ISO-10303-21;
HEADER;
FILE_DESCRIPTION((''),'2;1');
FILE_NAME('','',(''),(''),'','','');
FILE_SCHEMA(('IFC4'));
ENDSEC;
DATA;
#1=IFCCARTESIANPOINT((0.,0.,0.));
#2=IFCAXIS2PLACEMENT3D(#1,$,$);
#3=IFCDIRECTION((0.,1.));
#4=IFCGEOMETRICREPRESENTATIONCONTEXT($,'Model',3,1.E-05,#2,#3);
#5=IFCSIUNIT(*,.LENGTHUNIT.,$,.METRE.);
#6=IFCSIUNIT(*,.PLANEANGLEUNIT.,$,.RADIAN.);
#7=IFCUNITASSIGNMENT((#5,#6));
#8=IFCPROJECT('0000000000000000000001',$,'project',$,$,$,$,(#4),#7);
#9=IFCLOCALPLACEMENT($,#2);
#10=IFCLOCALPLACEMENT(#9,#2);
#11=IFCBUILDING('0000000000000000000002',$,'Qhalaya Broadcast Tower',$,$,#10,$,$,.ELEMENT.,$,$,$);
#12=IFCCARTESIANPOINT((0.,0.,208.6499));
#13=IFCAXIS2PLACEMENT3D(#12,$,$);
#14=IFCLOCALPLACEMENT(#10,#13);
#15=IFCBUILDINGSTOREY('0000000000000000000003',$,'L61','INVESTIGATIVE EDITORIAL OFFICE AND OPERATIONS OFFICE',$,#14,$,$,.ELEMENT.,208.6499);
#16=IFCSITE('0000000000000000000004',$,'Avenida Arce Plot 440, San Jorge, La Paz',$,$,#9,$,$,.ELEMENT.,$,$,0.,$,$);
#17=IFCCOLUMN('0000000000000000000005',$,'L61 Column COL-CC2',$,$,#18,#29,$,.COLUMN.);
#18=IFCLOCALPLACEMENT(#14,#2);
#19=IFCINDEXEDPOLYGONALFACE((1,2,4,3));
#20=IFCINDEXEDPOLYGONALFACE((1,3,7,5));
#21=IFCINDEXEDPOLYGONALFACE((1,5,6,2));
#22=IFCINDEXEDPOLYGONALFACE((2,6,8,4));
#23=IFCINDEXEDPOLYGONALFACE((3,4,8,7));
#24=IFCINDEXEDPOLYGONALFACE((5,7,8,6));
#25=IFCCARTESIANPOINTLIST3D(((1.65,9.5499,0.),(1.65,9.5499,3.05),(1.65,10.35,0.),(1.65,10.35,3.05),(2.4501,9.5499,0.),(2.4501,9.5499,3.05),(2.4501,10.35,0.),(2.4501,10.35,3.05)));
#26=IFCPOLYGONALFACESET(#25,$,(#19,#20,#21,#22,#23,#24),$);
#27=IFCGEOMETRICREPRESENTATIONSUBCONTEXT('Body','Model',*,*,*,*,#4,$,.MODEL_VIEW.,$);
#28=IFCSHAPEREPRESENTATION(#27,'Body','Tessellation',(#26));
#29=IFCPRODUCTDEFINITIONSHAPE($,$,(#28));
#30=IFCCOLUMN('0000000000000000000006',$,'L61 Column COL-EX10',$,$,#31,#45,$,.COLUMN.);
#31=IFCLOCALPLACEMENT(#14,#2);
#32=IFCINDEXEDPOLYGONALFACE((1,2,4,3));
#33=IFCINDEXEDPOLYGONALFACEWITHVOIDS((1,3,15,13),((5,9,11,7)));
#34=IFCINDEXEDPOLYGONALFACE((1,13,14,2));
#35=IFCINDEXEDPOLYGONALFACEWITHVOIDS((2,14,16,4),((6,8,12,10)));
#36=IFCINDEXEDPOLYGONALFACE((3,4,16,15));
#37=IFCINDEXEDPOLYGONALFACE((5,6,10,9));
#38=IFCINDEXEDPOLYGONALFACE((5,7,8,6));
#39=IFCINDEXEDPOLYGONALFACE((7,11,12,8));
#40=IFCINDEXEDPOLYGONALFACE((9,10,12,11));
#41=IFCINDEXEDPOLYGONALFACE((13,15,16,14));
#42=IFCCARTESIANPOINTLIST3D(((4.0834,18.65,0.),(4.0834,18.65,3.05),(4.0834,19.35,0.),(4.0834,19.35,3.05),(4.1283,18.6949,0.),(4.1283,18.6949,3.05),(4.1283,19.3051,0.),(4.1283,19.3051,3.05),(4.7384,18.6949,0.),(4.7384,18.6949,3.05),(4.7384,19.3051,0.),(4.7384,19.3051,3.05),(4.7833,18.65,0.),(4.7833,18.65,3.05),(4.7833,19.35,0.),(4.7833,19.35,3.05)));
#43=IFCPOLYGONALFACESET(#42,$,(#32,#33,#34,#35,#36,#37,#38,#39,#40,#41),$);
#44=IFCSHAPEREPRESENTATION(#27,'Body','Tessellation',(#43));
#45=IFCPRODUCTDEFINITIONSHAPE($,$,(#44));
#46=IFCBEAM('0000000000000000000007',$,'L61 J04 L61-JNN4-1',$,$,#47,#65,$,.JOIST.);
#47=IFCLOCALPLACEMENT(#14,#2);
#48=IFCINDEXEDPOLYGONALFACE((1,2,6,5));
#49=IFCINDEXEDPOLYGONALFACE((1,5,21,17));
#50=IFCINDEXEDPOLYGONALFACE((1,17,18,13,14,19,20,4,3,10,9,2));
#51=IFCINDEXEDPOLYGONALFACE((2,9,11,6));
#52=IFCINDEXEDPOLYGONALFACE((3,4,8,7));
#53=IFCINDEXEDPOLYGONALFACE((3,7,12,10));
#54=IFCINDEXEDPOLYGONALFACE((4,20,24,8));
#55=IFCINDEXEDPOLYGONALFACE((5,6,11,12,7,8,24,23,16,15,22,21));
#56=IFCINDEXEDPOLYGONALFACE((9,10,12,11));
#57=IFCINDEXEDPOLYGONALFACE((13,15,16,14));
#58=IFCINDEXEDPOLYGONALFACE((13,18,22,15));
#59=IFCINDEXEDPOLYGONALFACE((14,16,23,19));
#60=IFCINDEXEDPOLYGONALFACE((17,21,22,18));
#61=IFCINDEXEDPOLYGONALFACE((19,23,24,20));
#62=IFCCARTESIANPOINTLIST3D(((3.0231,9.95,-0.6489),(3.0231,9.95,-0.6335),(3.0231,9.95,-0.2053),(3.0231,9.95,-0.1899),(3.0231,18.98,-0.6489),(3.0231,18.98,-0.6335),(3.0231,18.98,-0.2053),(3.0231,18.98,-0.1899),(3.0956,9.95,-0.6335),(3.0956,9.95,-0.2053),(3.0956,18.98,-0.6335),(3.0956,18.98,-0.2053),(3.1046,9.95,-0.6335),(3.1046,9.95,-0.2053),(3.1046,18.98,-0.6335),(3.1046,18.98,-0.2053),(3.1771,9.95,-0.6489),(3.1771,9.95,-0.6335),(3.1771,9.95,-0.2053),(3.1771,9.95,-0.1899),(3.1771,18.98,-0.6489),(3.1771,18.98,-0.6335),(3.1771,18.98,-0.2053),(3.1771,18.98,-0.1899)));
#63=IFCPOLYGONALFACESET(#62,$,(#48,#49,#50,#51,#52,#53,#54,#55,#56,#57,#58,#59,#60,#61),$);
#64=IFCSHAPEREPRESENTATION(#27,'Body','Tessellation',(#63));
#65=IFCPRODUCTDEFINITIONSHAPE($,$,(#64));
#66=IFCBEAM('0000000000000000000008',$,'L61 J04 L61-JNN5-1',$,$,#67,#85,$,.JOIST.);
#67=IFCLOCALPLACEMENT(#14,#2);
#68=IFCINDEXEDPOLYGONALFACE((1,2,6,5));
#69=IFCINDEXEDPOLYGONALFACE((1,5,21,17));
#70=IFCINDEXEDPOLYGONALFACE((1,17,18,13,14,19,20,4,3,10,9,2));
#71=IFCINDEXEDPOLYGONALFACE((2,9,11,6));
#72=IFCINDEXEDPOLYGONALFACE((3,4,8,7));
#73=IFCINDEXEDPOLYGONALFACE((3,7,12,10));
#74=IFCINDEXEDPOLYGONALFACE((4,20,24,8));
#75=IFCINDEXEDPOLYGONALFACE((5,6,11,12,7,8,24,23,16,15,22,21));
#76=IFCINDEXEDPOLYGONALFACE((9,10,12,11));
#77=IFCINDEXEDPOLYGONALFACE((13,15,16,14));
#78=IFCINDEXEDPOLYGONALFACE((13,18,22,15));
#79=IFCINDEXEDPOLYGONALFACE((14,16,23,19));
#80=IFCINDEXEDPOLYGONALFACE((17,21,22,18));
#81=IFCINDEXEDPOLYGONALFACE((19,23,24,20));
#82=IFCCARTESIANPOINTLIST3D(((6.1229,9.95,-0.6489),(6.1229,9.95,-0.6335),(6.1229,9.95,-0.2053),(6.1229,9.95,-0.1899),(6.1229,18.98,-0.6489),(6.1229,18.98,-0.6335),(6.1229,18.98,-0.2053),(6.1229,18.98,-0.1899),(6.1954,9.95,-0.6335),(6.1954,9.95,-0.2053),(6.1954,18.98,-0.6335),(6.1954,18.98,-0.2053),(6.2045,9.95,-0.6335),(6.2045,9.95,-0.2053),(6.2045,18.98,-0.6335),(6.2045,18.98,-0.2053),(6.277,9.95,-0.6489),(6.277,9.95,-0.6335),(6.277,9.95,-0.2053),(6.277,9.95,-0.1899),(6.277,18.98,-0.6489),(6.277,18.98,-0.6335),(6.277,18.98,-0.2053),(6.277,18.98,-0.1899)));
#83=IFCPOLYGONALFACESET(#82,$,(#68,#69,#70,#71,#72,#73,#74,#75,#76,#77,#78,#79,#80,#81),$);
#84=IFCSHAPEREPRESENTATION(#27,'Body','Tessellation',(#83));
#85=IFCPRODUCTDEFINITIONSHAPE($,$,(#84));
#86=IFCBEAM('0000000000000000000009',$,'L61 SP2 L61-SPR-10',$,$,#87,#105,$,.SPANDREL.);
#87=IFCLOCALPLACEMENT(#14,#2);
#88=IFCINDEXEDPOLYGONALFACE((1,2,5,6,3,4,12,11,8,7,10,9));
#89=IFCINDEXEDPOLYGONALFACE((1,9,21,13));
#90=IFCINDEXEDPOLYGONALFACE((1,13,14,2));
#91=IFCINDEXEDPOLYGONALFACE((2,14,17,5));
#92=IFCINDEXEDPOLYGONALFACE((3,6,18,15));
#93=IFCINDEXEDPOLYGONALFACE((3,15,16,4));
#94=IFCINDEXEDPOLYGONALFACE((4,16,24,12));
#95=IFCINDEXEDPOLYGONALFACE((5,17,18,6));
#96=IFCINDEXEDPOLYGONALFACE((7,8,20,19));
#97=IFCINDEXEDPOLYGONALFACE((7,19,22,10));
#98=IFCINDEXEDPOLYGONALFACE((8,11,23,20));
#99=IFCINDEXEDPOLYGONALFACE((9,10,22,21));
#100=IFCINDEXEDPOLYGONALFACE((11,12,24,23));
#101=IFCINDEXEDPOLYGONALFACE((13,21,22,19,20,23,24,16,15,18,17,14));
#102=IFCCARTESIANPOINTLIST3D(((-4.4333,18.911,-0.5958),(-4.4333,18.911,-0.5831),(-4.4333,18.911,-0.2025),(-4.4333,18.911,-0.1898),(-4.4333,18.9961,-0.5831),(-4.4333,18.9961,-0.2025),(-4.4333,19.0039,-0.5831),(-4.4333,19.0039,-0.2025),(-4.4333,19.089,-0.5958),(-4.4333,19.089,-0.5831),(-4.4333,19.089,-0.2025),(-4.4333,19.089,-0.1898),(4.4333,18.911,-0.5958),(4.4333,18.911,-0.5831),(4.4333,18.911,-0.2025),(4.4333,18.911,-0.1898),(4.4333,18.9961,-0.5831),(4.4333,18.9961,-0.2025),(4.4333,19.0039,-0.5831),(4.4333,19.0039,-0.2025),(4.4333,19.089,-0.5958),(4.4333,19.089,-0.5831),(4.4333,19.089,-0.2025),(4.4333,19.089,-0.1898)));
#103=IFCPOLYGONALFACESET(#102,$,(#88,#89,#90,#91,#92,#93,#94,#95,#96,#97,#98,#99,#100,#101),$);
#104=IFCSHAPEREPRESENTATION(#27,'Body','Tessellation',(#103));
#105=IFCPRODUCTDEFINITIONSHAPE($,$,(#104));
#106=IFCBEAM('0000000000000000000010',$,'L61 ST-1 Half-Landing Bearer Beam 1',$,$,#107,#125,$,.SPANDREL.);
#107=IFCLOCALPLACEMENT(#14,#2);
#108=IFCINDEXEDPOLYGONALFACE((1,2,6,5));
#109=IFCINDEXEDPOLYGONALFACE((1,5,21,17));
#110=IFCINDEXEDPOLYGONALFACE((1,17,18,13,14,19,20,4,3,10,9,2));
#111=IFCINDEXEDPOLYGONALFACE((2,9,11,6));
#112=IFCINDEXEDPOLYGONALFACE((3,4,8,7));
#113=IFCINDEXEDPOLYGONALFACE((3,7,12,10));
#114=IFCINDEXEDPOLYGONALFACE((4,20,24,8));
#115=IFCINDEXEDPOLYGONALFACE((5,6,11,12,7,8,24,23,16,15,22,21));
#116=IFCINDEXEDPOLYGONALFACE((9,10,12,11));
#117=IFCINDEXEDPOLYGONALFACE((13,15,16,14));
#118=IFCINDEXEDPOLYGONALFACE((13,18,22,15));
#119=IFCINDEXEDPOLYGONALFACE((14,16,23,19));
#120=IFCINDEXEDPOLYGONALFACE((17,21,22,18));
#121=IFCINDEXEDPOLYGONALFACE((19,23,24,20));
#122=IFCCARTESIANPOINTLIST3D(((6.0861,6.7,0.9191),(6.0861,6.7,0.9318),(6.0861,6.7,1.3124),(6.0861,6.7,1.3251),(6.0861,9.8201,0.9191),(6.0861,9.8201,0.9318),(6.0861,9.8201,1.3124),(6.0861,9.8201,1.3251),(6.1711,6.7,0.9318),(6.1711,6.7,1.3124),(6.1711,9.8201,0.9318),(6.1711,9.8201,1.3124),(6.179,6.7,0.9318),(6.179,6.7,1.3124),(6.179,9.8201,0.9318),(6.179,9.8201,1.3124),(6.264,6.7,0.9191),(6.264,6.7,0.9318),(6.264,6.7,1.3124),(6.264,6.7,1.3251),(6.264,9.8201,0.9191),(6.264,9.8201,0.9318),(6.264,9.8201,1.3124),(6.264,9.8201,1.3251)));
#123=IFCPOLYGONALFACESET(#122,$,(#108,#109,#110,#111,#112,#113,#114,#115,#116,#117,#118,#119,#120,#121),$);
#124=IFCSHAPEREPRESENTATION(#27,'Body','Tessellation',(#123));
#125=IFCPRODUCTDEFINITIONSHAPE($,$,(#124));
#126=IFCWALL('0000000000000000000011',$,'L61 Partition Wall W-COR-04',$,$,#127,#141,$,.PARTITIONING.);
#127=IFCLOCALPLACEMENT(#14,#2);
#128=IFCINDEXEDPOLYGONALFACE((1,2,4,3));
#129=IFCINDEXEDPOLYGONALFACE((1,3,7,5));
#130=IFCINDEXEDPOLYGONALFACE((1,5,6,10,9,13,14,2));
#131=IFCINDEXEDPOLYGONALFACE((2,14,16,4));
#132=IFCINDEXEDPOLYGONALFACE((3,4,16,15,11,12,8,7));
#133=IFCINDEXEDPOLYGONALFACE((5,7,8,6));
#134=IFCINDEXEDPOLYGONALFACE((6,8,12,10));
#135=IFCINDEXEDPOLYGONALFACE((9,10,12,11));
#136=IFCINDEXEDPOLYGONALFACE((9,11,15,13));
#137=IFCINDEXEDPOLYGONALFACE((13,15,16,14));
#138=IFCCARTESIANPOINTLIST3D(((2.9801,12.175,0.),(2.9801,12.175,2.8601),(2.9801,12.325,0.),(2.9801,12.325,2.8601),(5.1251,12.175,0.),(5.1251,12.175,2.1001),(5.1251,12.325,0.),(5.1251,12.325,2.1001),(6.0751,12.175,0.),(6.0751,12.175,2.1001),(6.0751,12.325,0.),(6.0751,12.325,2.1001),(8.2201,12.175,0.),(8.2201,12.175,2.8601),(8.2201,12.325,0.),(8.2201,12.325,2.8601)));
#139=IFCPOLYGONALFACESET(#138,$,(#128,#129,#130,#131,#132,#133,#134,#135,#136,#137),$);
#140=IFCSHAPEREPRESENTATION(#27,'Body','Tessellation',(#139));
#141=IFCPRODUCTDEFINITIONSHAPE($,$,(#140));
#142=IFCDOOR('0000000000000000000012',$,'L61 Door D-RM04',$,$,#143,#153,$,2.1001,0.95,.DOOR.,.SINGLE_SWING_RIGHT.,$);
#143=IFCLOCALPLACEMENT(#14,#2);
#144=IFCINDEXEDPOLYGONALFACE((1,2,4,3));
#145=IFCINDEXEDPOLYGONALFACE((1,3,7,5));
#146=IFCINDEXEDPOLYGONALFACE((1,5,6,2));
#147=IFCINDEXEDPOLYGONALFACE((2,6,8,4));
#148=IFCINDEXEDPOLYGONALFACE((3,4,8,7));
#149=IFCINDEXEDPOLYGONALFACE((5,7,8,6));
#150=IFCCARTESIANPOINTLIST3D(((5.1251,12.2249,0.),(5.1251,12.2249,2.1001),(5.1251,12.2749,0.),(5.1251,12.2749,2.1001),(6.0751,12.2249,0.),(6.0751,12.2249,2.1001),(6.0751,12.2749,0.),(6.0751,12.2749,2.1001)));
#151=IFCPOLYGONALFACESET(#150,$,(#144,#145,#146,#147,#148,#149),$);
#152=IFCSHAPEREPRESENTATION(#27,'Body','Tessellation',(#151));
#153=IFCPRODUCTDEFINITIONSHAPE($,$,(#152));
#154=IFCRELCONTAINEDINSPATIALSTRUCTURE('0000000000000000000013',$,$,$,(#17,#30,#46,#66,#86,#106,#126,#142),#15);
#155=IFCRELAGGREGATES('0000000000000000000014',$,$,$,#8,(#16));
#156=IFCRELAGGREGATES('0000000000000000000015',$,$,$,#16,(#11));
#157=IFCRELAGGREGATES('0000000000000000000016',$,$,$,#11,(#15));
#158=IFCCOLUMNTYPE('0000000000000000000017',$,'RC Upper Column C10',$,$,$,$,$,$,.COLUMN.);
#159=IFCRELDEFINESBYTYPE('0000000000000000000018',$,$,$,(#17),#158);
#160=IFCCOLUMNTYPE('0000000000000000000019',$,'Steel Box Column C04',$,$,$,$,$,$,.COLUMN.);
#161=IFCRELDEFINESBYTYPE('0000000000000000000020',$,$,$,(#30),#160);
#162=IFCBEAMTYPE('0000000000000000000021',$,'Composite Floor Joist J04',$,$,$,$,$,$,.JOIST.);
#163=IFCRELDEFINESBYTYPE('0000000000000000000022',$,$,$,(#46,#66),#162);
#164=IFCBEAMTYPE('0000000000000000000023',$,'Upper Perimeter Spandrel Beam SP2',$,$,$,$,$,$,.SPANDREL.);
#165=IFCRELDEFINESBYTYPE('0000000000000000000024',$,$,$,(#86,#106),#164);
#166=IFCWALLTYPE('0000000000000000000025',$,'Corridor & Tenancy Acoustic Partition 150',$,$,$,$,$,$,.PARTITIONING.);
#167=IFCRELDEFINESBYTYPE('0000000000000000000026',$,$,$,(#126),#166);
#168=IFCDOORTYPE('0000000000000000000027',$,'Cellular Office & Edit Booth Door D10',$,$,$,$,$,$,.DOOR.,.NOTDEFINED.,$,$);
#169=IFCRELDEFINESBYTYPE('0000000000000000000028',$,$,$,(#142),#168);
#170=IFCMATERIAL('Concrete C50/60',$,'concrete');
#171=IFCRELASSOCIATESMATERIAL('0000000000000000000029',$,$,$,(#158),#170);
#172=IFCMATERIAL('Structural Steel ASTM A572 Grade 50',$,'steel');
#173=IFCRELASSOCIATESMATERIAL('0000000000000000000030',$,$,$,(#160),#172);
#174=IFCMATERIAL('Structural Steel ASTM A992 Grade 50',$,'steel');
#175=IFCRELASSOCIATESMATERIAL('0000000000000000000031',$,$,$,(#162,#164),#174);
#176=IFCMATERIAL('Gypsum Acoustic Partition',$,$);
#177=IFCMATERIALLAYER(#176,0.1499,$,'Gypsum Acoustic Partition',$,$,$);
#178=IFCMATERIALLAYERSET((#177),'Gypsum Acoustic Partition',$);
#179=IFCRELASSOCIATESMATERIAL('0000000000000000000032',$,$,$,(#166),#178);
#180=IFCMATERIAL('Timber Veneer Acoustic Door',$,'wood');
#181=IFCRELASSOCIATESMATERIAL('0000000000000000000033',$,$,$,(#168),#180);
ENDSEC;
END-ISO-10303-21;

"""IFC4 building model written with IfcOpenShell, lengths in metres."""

from ifc_helpers import new_model, si_unit, direction, frame, frame_2d, origin, origin_2d, place, context, subcontext, project, spatial, rectangle, hollow_rectangle, i_section, extrude, material, layer, layer_set, material_profile, profile_set, type_object, element, fill, save


model = new_model("IFC4")

# Units and contexts
model_context = context("Model", 3, precision=1e-05, world=origin(), true_north=direction((0.0, 1.0)))
body_context = subcontext(model_context, "Body", "Model", "MODEL_VIEW")
ifc_project = project(units=[si_unit("LENGTHUNIT", "METRE"), si_unit("PLANEANGLEUNIT", "RADIAN")], contexts=[model_context])

# Site, building, storey
site_placement = place(None, origin())
site = spatial("IfcSite", under=ifc_project, at=site_placement, Name="Avenida Arce Plot 440, San Jorge, La Paz", CompositionType="ELEMENT", RefElevation=0.0)
building_placement = place(site_placement, origin())
building = spatial("IfcBuilding", under=site, at=building_placement, Name="Qhalaya Broadcast Tower", CompositionType="ELEMENT")
storey_placement = place(building_placement, frame((0.0, 0.0, 208.6499)))
storey = spatial("IfcBuildingStorey", under=building, at=storey_placement, Name="L61", Description="INVESTIGATIVE EDITORIAL OFFICE AND OPERATIONS OFFICE", CompositionType="ELEMENT", Elevation=208.6499)

# Columns
ifc_material_1 = material(Name="Concrete C50/60", Category="concrete")
ifc_material_profile_1 = material_profile(ifc_material_1, rectangle(XDim=0.8, YDim=0.8, at=origin_2d()), Name="RC-COL 800x800")
ifc_profile_set_1 = profile_set([ifc_material_profile_1], Name="Concrete C50/60")
column_type_1 = type_object("IfcColumnType", Name="RC Upper Column C10", PredefinedType="COLUMN", material=ifc_profile_set_1)
column_1_placement = place(storey_placement, frame((2.05, 9.95, 0.0), z_axis=(0.0, 0.0, 1.0), x_axis=(1.0, 0.0, 0.0)))
element("IfcColumn", 1, at=column_1_placement, inside=storey, type_object=column_type_1, Name="L61 Column COL-CC2", PredefinedType="COLUMN", context=body_context, shape_type="SweptSolid", body=[
    extrude(rectangle(XDim=0.8, YDim=0.8, at=origin_2d()), origin(), (0.0, 0.0, 1.0), 3.05),
])
ifc_material_2 = material(Name="Structural Steel ASTM A572 Grade 50", Category="steel")
ifc_material_profile_2 = material_profile(ifc_material_2, hollow_rectangle(XDim=0.7, YDim=0.7, WallThickness=0.0449, at=origin_2d()), Name="BOX 700x700x45")
ifc_profile_set_2 = profile_set([ifc_material_profile_2], Name="Structural Steel ASTM A572 Grade 50")
column_type_2 = type_object("IfcColumnType", Name="Steel Box Column C04", PredefinedType="COLUMN", material=ifc_profile_set_2)
column_2_placement = place(storey_placement, frame((4.4333, 19.0, 0.0), z_axis=(0.0, 0.0, 1.0), x_axis=(1.0, 0.0, 0.0)))
element("IfcColumn", 2, at=column_2_placement, inside=storey, type_object=column_type_2, Name="L61 Column COL-EX10", PredefinedType="COLUMN", context=body_context, shape_type="SweptSolid", body=[
    extrude(hollow_rectangle(XDim=0.7, YDim=0.7, WallThickness=0.0449, at=origin_2d()), origin(), (0.0, 0.0, 1.0), 3.05),
])

# Beams
ifc_material_3 = material(Name="Structural Steel ASTM A992 Grade 50", Category="steel")
ifc_material_profile_3 = material_profile(ifc_material_3, i_section(OverallWidth=0.1541, OverallDepth=0.459, WebThickness=0.009, FlangeThickness=0.0154, at=origin_2d()), Name="W18X46")
ifc_profile_set_3 = profile_set([ifc_material_profile_3], Name="Structural Steel ASTM A992 Grade 50")
beam_type_1 = type_object("IfcBeamType", Name="Composite Floor Joist J04", PredefinedType="JOIST", material=ifc_profile_set_3)
for number, where, z_axis, x_axis, name in (
    (3, (3.1001, 9.95, -0.4194), (0.0, 1.0, 0.0), (-1.0, 0.0, 0.0), "L61 J04 L61-JNN4-1"),
    (4, (6.2, 9.95, -0.4194), (0.0, 1.0, 0.0), (-1.0, 0.0, 0.0), "L61 J04 L61-JNN5-1"),
):
    element("IfcBeam", number, at=place(storey_placement, frame(where, z_axis=z_axis, x_axis=x_axis)), inside=storey, type_object=beam_type_1, Name=name, PredefinedType="JOIST", context=body_context, shape_type="SweptSolid", body=[
        extrude(i_section(OverallWidth=0.1541, OverallDepth=0.459, WebThickness=0.009, FlangeThickness=0.0154, at=origin_2d()), origin(), (0.0, 0.0, 1.0), 9.03),
    ])
ifc_material_profile_4 = material_profile(ifc_material_3, i_section(OverallWidth=0.178, OverallDepth=0.406, WebThickness=0.0078, FlangeThickness=0.0127, at=origin_2d()), Name="W16X40")
ifc_profile_set_4 = profile_set([ifc_material_profile_4], Name="Structural Steel ASTM A992 Grade 50")
beam_type_2 = type_object("IfcBeamType", Name="Upper Perimeter Spandrel Beam SP2", PredefinedType="SPANDREL", material=ifc_profile_set_4)
beam_1_placement = place(storey_placement, frame((4.4333, 19.0, -0.3928), z_axis=(-1.0, 0.0, 0.0), x_axis=(0.0, -1.0, 0.0)))
element("IfcBeam", 5, at=beam_1_placement, inside=storey, type_object=beam_type_2, Name="L61 SP2 L61-SPR-10", PredefinedType="SPANDREL", context=body_context, shape_type="SweptSolid", body=[
    extrude(i_section(OverallWidth=0.178, OverallDepth=0.406, WebThickness=0.0078, FlangeThickness=0.0127, at=origin_2d()), origin(), (0.0, 0.0, 1.0), 8.8667),
])
beam_2_placement = place(storey_placement, frame((6.175, 6.7, 1.1221), z_axis=(0.0, 1.0, 0.0), x_axis=(-1.0, 0.0, 0.0)))
element("IfcBeam", 6, at=beam_2_placement, inside=storey, type_object=beam_type_2, Name="L61 ST-1 Half-Landing Bearer Beam 1", PredefinedType="SPANDREL", context=body_context, shape_type="SweptSolid", body=[
    extrude(i_section(OverallWidth=0.178, OverallDepth=0.406, WebThickness=0.0078, FlangeThickness=0.0127, at=origin_2d()), origin(), (0.0, 0.0, 1.0), 3.1201),
])

# Wall, opening, door
ifc_material_4 = material(Name="Gypsum Acoustic Partition")
ifc_layer_1 = layer(ifc_material_4, 0.1499, Name="Gypsum Acoustic Partition")
ifc_layer_set_1 = layer_set([ifc_layer_1], Name="Gypsum Acoustic Partition")
wall_type_1 = type_object("IfcWallType", Name="Corridor & Tenancy Acoustic Partition 150", PredefinedType="PARTITIONING", material=ifc_layer_set_1)
wall_1_placement = place(storey_placement, frame((2.98, 12.25, 0.0), z_axis=(0.0, 0.0, 1.0), x_axis=(1.0, 0.0, 0.0)))
wall_1 = element("IfcWall", 7, at=wall_1_placement, inside=storey, type_object=wall_type_1, Name="L61 Partition Wall W-COR-04", PredefinedType="PARTITIONING", context=body_context, shape_type="SweptSolid", body=[
    extrude(rectangle(XDim=5.24, YDim=0.1499, at=frame_2d((2.6201, 0.0))), origin(), (0.0, 0.0, 1.0), 2.8601),
])
opening_1_placement = place(wall_1_placement, frame((2.145, 0.0, 0.0)))
opening_1 = element("IfcOpeningElement", 8, at=opening_1_placement, cuts=wall_1, PredefinedType="OPENING", context=body_context, shape_type="SweptSolid", body=[
    extrude(rectangle(XDim=0.95, YDim=2.1001, at=frame_2d((0.4751, 1.05))), frame((0.0, 0.0869, 0.0), z_axis=(0.0, -1.0, 0.0), x_axis=(1.0, 0.0, 0.0)), (0.0, 0.0, 1.0), 0.1738),
])
ifc_material_5 = material(Name="Timber Veneer Acoustic Door", Category="wood")
door_type_1 = type_object("IfcDoorType", Name="Cellular Office & Edit Booth Door D10", OperationType="NOTDEFINED", PredefinedType="DOOR", material=ifc_material_5)
door_1_placement = place(opening_1_placement, origin())
door_1 = element("IfcDoor", 9, at=door_1_placement, inside=storey, type_object=door_type_1, Name="L61 Door D-RM04", OperationType="SINGLE_SWING_RIGHT", OverallHeight=2.1001, OverallWidth=0.95, PredefinedType="DOOR", context=body_context, shape_type="SweptSolid", body=[
    extrude(rectangle(XDim=0.95, YDim=2.1001, at=frame_2d((0.4751, 1.05))), frame((0.0, 0.0249, 0.0), z_axis=(0.0, -1.0, 0.0), x_axis=(1.0, 0.0, 0.0)), (0.0, 0.0, 1.0), 0.05),
])
fill(opening_1, door_1)

save(model, "model.ifc")
